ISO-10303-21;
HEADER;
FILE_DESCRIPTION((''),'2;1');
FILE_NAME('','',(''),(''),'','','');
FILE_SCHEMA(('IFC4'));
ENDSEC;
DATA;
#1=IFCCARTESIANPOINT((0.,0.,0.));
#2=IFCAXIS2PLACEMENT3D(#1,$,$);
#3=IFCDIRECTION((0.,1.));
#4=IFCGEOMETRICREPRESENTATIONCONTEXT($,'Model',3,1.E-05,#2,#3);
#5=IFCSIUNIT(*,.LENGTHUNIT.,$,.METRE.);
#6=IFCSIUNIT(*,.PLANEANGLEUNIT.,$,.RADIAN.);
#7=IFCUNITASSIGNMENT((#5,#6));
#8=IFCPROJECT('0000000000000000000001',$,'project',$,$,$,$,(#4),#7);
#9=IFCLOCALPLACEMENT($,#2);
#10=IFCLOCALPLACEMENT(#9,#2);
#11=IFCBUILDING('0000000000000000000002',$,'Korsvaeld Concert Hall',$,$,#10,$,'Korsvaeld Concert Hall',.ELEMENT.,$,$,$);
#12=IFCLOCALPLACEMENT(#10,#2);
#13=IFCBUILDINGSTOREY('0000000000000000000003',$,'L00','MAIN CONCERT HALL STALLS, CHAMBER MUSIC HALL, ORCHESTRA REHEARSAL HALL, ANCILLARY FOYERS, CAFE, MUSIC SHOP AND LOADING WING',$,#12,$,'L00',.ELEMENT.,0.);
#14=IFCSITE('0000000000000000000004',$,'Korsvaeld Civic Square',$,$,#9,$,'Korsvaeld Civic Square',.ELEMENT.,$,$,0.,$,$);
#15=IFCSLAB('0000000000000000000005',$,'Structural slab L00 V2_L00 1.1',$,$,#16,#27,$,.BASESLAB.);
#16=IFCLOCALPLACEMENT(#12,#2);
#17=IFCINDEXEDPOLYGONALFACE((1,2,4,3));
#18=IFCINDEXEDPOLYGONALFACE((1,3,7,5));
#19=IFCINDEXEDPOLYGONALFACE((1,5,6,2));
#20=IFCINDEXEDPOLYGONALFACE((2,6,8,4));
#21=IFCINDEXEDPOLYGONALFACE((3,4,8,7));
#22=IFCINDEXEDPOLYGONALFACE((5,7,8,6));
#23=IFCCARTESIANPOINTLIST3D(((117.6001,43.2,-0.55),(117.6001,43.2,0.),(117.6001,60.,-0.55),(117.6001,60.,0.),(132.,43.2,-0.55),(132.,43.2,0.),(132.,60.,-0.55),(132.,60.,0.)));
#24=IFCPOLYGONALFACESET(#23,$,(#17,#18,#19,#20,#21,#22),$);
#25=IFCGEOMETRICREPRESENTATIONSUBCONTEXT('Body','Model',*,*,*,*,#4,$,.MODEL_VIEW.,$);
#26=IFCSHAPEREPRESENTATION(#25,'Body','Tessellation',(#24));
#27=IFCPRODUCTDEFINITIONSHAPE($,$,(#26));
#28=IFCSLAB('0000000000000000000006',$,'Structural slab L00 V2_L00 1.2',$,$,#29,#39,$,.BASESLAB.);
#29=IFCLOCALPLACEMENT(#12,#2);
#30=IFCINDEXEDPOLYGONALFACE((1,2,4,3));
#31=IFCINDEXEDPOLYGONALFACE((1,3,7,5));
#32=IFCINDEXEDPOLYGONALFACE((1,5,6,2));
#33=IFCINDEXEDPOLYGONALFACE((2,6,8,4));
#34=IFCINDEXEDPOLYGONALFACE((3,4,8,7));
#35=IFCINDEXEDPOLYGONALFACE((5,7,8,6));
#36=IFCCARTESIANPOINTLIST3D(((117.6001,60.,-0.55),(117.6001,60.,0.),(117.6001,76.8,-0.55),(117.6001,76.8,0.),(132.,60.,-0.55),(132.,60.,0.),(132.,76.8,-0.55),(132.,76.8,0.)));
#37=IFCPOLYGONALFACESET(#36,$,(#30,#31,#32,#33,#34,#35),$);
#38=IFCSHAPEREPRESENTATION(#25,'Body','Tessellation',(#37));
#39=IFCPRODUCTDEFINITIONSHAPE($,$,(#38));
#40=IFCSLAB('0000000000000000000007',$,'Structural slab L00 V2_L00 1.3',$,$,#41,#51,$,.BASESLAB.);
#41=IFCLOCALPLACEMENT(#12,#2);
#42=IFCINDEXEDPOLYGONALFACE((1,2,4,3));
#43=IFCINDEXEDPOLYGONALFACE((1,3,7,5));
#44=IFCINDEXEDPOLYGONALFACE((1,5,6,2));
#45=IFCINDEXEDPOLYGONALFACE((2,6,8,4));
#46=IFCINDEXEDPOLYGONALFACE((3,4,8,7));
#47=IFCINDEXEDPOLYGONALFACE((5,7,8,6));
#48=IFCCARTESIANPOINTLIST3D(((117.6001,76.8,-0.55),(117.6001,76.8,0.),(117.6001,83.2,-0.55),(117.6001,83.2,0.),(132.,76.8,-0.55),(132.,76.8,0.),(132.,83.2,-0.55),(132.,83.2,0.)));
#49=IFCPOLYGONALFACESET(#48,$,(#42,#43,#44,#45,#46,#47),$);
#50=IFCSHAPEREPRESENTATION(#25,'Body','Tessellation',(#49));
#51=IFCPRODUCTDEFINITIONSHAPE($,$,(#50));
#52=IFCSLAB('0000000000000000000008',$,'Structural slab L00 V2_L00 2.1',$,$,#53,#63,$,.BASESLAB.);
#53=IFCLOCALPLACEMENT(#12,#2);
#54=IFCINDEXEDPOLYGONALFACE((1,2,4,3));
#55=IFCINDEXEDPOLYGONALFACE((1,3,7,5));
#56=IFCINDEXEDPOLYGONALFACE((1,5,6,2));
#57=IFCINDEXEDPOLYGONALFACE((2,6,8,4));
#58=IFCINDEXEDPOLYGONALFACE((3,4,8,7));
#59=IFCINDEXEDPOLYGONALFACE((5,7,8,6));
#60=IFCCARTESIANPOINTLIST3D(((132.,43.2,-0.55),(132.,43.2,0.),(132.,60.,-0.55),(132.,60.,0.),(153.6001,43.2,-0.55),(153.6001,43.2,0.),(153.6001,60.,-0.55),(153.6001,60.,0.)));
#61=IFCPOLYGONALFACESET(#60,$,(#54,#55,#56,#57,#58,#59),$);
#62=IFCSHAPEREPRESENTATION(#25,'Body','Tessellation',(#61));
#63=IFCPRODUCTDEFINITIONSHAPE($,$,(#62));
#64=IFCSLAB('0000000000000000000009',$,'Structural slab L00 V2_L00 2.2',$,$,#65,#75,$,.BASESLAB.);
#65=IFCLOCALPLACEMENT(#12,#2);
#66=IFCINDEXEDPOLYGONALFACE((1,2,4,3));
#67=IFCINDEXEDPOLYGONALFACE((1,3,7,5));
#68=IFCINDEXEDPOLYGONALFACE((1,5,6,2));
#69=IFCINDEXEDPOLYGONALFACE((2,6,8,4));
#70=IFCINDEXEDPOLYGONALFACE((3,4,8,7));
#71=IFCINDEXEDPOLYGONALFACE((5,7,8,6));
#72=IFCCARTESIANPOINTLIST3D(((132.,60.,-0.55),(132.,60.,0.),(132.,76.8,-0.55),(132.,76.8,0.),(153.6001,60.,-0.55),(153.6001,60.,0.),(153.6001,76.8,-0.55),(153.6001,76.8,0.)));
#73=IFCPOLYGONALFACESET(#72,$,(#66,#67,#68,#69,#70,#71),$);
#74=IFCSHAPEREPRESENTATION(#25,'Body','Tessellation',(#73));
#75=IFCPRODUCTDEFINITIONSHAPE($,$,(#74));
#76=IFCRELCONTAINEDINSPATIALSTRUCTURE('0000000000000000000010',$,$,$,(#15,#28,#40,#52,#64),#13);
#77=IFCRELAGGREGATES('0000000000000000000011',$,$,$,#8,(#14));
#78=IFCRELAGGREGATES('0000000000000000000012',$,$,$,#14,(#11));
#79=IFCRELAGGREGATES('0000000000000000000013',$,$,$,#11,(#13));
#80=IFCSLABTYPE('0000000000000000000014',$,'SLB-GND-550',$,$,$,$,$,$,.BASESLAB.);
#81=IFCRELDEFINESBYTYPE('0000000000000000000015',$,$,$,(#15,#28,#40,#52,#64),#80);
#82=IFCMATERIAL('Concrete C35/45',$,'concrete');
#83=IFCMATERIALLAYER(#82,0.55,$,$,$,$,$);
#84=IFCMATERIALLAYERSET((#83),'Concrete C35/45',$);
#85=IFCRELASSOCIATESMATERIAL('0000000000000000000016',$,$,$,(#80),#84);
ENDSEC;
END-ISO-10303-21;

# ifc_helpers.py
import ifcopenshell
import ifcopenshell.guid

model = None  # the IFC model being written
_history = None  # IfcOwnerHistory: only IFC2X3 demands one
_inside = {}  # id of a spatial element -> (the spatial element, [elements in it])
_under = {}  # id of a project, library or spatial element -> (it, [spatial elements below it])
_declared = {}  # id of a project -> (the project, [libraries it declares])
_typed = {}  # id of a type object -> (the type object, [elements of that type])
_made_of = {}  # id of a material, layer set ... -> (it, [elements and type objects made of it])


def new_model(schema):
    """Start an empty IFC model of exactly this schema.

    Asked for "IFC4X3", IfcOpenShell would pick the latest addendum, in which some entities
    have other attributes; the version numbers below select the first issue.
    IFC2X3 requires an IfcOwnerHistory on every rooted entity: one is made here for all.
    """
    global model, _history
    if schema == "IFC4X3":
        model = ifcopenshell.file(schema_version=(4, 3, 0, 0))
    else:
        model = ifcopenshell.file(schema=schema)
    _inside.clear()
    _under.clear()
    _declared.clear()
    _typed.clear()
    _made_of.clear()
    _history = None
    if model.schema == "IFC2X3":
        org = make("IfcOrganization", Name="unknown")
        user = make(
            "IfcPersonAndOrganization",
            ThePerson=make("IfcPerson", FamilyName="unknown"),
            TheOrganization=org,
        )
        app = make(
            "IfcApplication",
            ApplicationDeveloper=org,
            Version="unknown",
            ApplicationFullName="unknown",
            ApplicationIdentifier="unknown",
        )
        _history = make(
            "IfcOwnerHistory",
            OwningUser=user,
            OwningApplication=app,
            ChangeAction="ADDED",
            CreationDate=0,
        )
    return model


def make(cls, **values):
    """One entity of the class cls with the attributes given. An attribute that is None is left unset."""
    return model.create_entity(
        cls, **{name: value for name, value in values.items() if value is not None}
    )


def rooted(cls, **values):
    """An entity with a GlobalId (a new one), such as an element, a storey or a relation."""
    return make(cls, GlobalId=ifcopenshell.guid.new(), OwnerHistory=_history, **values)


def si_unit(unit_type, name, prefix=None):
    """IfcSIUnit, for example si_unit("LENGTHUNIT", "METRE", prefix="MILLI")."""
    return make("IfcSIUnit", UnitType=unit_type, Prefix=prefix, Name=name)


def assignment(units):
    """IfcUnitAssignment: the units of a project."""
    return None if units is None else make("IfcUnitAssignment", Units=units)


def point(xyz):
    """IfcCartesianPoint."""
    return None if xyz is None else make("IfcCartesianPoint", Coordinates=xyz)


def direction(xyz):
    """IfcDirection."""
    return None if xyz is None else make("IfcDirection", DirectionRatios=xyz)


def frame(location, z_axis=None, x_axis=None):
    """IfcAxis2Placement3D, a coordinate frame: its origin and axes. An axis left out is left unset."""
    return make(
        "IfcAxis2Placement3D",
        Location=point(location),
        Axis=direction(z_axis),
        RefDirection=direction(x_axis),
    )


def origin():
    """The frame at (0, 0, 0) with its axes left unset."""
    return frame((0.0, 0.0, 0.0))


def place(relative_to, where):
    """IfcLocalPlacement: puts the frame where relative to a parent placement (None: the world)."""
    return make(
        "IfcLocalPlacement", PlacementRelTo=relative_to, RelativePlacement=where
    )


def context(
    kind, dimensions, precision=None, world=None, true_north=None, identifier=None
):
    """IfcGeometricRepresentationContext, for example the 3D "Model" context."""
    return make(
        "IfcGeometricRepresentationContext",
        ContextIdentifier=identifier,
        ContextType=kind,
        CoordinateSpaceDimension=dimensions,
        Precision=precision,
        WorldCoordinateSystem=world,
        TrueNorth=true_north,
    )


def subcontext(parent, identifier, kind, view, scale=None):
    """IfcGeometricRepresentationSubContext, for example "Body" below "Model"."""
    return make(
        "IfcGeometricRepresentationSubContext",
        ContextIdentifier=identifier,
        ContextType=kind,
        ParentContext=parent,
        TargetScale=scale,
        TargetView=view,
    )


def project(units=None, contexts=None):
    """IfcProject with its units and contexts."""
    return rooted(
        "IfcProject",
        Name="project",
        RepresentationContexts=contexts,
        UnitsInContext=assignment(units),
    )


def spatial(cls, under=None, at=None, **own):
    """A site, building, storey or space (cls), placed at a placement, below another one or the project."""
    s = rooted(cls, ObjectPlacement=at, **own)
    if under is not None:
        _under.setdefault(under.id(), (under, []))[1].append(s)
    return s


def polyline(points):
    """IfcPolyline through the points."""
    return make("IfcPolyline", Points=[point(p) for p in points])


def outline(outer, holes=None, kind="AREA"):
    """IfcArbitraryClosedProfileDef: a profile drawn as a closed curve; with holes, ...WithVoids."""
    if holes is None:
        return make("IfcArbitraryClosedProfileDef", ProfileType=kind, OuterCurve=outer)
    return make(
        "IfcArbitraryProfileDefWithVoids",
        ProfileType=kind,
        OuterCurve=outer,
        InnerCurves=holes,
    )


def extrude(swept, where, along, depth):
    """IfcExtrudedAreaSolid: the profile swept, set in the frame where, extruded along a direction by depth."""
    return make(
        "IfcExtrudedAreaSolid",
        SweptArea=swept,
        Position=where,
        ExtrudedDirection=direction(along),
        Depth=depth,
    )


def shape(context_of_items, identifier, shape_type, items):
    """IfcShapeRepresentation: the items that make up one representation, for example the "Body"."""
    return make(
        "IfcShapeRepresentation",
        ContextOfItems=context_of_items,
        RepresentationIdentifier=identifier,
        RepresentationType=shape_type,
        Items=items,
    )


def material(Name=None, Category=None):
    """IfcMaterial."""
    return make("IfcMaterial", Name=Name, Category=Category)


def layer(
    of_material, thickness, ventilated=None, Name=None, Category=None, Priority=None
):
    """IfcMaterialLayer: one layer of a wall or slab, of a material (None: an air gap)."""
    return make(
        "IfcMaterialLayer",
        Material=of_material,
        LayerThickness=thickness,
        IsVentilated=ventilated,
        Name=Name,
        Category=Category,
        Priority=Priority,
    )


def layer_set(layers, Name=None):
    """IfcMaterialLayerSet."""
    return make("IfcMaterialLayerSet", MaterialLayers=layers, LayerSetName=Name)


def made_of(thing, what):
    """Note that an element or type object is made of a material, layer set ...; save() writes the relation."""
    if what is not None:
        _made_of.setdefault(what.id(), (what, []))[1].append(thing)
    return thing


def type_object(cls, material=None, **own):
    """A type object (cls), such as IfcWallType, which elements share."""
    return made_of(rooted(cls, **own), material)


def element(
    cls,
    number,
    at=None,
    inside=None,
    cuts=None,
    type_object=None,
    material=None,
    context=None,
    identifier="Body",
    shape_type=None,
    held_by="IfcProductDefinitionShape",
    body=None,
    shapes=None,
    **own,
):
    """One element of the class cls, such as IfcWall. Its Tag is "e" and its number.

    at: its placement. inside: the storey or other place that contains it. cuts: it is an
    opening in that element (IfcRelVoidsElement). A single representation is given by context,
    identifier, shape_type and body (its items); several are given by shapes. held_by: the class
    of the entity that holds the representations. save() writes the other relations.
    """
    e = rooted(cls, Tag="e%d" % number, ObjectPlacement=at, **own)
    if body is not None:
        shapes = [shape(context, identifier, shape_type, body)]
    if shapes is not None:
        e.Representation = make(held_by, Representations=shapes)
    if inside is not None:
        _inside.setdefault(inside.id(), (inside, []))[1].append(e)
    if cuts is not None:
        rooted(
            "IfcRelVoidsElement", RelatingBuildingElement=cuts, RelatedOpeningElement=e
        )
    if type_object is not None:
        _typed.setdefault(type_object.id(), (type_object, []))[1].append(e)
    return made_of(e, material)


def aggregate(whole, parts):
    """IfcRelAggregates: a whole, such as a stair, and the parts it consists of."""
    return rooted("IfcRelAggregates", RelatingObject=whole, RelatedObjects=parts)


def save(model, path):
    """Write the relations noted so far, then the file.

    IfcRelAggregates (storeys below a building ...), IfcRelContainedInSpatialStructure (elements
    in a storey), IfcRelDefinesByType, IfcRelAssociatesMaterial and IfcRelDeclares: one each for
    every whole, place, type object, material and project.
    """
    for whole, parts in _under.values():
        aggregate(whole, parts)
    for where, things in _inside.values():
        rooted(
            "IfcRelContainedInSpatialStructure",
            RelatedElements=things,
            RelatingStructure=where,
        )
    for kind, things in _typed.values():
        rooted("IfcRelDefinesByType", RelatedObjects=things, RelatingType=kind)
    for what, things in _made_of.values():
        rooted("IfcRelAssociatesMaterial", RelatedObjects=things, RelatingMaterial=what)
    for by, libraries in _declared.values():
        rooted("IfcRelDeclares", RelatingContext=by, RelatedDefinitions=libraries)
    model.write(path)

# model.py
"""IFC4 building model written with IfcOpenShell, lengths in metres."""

from ifc_helpers import new_model, si_unit, direction, frame, origin, place, context, subcontext, project, spatial, polyline, outline, extrude, material, layer, layer_set, type_object, element, save


model = new_model("IFC4")

# Units and contexts
model_context = context("Model", 3, precision=1e-05, world=origin(), true_north=direction((0.0, 1.0)))
body_context = subcontext(model_context, "Body", "Model", "MODEL_VIEW")
ifc_project = project(units=[si_unit("LENGTHUNIT", "METRE"), si_unit("PLANEANGLEUNIT", "RADIAN")], contexts=[model_context])

# Site, building, storey
site_placement = place(None, origin())
site = spatial("IfcSite", under=ifc_project, at=site_placement, Name="Korsvaeld Civic Square", LongName="Korsvaeld Civic Square", CompositionType="ELEMENT", RefElevation=0.0)
building_placement = place(site_placement, origin())
building = spatial("IfcBuilding", under=site, at=building_placement, Name="Korsvaeld Concert Hall", LongName="Korsvaeld Concert Hall", CompositionType="ELEMENT")
storey_placement = place(building_placement, origin())
storey = spatial("IfcBuildingStorey", under=building, at=storey_placement, Name="L00", Description="MAIN CONCERT HALL STALLS, CHAMBER MUSIC HALL, ORCHESTRA REHEARSAL HALL, ANCILLARY FOYERS, CAFE, MUSIC SHOP AND LOADING WING", LongName="L00", CompositionType="ELEMENT", Elevation=0.0)

# Slabs
ifc_material = material(Name="Concrete C35/45", Category="concrete")
ifc_layer = layer(ifc_material, 0.55)
ifc_layer_set = layer_set([ifc_layer], Name="Concrete C35/45")
slab_type = type_object("IfcSlabType", Name="SLB-GND-550", PredefinedType="BASESLAB", material=ifc_layer_set)
slab_1_placement = place(storey_placement, frame((0.0, 0.0, -0.55)))
element("IfcSlab", 1, at=slab_1_placement, inside=storey, type_object=slab_type, Name="Structural slab L00 V2_L00 1.1", PredefinedType="BASESLAB", context=body_context, shape_type="SweptSolid", body=[
    extrude(outline(polyline([(117.6001, 43.2), (117.6001, 60.0), (132.0, 60.0), (132.0, 43.2), (117.6001, 43.2)])), origin(), (0.0, 0.0, 1.0), 0.55),
])
slab_2_placement = place(storey_placement, frame((0.0, 0.0, -0.55)))
element("IfcSlab", 2, at=slab_2_placement, inside=storey, type_object=slab_type, Name="Structural slab L00 V2_L00 1.2", PredefinedType="BASESLAB", context=body_context, shape_type="SweptSolid", body=[
    extrude(outline(polyline([(117.6001, 60.0), (117.6001, 76.8), (132.0, 76.8), (132.0, 60.0), (117.6001, 60.0)])), origin(), (0.0, 0.0, 1.0), 0.55),
])
slab_3_placement = place(storey_placement, frame((0.0, 0.0, -0.55)))
element("IfcSlab", 3, at=slab_3_placement, inside=storey, type_object=slab_type, Name="Structural slab L00 V2_L00 1.3", PredefinedType="BASESLAB", context=body_context, shape_type="SweptSolid", body=[
    extrude(outline(polyline([(117.6001, 76.8), (117.6001, 83.2), (132.0, 83.2), (132.0, 76.8), (117.6001, 76.8)])), origin(), (0.0, 0.0, 1.0), 0.55),
])
slab_4_placement = place(storey_placement, frame((0.0, 0.0, -0.55)))
element("IfcSlab", 4, at=slab_4_placement, inside=storey, type_object=slab_type, Name="Structural slab L00 V2_L00 2.1", PredefinedType="BASESLAB", context=body_context, shape_type="SweptSolid", body=[
    extrude(outline(polyline([(132.0, 43.2), (132.0, 60.0), (153.6001, 60.0), (153.6001, 43.2), (132.0, 43.2)])), origin(), (0.0, 0.0, 1.0), 0.55),
])
slab_5_placement = place(storey_placement, frame((0.0, 0.0, -0.55)))
element("IfcSlab", 5, at=slab_5_placement, inside=storey, type_object=slab_type, Name="Structural slab L00 V2_L00 2.2", PredefinedType="BASESLAB", context=body_context, shape_type="SweptSolid", body=[
    extrude(outline(polyline([(132.0, 60.0), (132.0, 76.8), (153.6001, 76.8), (153.6001, 60.0), (132.0, 60.0)])), origin(), (0.0, 0.0, 1.0), 0.55),
])

save(model, "model.ifc")
